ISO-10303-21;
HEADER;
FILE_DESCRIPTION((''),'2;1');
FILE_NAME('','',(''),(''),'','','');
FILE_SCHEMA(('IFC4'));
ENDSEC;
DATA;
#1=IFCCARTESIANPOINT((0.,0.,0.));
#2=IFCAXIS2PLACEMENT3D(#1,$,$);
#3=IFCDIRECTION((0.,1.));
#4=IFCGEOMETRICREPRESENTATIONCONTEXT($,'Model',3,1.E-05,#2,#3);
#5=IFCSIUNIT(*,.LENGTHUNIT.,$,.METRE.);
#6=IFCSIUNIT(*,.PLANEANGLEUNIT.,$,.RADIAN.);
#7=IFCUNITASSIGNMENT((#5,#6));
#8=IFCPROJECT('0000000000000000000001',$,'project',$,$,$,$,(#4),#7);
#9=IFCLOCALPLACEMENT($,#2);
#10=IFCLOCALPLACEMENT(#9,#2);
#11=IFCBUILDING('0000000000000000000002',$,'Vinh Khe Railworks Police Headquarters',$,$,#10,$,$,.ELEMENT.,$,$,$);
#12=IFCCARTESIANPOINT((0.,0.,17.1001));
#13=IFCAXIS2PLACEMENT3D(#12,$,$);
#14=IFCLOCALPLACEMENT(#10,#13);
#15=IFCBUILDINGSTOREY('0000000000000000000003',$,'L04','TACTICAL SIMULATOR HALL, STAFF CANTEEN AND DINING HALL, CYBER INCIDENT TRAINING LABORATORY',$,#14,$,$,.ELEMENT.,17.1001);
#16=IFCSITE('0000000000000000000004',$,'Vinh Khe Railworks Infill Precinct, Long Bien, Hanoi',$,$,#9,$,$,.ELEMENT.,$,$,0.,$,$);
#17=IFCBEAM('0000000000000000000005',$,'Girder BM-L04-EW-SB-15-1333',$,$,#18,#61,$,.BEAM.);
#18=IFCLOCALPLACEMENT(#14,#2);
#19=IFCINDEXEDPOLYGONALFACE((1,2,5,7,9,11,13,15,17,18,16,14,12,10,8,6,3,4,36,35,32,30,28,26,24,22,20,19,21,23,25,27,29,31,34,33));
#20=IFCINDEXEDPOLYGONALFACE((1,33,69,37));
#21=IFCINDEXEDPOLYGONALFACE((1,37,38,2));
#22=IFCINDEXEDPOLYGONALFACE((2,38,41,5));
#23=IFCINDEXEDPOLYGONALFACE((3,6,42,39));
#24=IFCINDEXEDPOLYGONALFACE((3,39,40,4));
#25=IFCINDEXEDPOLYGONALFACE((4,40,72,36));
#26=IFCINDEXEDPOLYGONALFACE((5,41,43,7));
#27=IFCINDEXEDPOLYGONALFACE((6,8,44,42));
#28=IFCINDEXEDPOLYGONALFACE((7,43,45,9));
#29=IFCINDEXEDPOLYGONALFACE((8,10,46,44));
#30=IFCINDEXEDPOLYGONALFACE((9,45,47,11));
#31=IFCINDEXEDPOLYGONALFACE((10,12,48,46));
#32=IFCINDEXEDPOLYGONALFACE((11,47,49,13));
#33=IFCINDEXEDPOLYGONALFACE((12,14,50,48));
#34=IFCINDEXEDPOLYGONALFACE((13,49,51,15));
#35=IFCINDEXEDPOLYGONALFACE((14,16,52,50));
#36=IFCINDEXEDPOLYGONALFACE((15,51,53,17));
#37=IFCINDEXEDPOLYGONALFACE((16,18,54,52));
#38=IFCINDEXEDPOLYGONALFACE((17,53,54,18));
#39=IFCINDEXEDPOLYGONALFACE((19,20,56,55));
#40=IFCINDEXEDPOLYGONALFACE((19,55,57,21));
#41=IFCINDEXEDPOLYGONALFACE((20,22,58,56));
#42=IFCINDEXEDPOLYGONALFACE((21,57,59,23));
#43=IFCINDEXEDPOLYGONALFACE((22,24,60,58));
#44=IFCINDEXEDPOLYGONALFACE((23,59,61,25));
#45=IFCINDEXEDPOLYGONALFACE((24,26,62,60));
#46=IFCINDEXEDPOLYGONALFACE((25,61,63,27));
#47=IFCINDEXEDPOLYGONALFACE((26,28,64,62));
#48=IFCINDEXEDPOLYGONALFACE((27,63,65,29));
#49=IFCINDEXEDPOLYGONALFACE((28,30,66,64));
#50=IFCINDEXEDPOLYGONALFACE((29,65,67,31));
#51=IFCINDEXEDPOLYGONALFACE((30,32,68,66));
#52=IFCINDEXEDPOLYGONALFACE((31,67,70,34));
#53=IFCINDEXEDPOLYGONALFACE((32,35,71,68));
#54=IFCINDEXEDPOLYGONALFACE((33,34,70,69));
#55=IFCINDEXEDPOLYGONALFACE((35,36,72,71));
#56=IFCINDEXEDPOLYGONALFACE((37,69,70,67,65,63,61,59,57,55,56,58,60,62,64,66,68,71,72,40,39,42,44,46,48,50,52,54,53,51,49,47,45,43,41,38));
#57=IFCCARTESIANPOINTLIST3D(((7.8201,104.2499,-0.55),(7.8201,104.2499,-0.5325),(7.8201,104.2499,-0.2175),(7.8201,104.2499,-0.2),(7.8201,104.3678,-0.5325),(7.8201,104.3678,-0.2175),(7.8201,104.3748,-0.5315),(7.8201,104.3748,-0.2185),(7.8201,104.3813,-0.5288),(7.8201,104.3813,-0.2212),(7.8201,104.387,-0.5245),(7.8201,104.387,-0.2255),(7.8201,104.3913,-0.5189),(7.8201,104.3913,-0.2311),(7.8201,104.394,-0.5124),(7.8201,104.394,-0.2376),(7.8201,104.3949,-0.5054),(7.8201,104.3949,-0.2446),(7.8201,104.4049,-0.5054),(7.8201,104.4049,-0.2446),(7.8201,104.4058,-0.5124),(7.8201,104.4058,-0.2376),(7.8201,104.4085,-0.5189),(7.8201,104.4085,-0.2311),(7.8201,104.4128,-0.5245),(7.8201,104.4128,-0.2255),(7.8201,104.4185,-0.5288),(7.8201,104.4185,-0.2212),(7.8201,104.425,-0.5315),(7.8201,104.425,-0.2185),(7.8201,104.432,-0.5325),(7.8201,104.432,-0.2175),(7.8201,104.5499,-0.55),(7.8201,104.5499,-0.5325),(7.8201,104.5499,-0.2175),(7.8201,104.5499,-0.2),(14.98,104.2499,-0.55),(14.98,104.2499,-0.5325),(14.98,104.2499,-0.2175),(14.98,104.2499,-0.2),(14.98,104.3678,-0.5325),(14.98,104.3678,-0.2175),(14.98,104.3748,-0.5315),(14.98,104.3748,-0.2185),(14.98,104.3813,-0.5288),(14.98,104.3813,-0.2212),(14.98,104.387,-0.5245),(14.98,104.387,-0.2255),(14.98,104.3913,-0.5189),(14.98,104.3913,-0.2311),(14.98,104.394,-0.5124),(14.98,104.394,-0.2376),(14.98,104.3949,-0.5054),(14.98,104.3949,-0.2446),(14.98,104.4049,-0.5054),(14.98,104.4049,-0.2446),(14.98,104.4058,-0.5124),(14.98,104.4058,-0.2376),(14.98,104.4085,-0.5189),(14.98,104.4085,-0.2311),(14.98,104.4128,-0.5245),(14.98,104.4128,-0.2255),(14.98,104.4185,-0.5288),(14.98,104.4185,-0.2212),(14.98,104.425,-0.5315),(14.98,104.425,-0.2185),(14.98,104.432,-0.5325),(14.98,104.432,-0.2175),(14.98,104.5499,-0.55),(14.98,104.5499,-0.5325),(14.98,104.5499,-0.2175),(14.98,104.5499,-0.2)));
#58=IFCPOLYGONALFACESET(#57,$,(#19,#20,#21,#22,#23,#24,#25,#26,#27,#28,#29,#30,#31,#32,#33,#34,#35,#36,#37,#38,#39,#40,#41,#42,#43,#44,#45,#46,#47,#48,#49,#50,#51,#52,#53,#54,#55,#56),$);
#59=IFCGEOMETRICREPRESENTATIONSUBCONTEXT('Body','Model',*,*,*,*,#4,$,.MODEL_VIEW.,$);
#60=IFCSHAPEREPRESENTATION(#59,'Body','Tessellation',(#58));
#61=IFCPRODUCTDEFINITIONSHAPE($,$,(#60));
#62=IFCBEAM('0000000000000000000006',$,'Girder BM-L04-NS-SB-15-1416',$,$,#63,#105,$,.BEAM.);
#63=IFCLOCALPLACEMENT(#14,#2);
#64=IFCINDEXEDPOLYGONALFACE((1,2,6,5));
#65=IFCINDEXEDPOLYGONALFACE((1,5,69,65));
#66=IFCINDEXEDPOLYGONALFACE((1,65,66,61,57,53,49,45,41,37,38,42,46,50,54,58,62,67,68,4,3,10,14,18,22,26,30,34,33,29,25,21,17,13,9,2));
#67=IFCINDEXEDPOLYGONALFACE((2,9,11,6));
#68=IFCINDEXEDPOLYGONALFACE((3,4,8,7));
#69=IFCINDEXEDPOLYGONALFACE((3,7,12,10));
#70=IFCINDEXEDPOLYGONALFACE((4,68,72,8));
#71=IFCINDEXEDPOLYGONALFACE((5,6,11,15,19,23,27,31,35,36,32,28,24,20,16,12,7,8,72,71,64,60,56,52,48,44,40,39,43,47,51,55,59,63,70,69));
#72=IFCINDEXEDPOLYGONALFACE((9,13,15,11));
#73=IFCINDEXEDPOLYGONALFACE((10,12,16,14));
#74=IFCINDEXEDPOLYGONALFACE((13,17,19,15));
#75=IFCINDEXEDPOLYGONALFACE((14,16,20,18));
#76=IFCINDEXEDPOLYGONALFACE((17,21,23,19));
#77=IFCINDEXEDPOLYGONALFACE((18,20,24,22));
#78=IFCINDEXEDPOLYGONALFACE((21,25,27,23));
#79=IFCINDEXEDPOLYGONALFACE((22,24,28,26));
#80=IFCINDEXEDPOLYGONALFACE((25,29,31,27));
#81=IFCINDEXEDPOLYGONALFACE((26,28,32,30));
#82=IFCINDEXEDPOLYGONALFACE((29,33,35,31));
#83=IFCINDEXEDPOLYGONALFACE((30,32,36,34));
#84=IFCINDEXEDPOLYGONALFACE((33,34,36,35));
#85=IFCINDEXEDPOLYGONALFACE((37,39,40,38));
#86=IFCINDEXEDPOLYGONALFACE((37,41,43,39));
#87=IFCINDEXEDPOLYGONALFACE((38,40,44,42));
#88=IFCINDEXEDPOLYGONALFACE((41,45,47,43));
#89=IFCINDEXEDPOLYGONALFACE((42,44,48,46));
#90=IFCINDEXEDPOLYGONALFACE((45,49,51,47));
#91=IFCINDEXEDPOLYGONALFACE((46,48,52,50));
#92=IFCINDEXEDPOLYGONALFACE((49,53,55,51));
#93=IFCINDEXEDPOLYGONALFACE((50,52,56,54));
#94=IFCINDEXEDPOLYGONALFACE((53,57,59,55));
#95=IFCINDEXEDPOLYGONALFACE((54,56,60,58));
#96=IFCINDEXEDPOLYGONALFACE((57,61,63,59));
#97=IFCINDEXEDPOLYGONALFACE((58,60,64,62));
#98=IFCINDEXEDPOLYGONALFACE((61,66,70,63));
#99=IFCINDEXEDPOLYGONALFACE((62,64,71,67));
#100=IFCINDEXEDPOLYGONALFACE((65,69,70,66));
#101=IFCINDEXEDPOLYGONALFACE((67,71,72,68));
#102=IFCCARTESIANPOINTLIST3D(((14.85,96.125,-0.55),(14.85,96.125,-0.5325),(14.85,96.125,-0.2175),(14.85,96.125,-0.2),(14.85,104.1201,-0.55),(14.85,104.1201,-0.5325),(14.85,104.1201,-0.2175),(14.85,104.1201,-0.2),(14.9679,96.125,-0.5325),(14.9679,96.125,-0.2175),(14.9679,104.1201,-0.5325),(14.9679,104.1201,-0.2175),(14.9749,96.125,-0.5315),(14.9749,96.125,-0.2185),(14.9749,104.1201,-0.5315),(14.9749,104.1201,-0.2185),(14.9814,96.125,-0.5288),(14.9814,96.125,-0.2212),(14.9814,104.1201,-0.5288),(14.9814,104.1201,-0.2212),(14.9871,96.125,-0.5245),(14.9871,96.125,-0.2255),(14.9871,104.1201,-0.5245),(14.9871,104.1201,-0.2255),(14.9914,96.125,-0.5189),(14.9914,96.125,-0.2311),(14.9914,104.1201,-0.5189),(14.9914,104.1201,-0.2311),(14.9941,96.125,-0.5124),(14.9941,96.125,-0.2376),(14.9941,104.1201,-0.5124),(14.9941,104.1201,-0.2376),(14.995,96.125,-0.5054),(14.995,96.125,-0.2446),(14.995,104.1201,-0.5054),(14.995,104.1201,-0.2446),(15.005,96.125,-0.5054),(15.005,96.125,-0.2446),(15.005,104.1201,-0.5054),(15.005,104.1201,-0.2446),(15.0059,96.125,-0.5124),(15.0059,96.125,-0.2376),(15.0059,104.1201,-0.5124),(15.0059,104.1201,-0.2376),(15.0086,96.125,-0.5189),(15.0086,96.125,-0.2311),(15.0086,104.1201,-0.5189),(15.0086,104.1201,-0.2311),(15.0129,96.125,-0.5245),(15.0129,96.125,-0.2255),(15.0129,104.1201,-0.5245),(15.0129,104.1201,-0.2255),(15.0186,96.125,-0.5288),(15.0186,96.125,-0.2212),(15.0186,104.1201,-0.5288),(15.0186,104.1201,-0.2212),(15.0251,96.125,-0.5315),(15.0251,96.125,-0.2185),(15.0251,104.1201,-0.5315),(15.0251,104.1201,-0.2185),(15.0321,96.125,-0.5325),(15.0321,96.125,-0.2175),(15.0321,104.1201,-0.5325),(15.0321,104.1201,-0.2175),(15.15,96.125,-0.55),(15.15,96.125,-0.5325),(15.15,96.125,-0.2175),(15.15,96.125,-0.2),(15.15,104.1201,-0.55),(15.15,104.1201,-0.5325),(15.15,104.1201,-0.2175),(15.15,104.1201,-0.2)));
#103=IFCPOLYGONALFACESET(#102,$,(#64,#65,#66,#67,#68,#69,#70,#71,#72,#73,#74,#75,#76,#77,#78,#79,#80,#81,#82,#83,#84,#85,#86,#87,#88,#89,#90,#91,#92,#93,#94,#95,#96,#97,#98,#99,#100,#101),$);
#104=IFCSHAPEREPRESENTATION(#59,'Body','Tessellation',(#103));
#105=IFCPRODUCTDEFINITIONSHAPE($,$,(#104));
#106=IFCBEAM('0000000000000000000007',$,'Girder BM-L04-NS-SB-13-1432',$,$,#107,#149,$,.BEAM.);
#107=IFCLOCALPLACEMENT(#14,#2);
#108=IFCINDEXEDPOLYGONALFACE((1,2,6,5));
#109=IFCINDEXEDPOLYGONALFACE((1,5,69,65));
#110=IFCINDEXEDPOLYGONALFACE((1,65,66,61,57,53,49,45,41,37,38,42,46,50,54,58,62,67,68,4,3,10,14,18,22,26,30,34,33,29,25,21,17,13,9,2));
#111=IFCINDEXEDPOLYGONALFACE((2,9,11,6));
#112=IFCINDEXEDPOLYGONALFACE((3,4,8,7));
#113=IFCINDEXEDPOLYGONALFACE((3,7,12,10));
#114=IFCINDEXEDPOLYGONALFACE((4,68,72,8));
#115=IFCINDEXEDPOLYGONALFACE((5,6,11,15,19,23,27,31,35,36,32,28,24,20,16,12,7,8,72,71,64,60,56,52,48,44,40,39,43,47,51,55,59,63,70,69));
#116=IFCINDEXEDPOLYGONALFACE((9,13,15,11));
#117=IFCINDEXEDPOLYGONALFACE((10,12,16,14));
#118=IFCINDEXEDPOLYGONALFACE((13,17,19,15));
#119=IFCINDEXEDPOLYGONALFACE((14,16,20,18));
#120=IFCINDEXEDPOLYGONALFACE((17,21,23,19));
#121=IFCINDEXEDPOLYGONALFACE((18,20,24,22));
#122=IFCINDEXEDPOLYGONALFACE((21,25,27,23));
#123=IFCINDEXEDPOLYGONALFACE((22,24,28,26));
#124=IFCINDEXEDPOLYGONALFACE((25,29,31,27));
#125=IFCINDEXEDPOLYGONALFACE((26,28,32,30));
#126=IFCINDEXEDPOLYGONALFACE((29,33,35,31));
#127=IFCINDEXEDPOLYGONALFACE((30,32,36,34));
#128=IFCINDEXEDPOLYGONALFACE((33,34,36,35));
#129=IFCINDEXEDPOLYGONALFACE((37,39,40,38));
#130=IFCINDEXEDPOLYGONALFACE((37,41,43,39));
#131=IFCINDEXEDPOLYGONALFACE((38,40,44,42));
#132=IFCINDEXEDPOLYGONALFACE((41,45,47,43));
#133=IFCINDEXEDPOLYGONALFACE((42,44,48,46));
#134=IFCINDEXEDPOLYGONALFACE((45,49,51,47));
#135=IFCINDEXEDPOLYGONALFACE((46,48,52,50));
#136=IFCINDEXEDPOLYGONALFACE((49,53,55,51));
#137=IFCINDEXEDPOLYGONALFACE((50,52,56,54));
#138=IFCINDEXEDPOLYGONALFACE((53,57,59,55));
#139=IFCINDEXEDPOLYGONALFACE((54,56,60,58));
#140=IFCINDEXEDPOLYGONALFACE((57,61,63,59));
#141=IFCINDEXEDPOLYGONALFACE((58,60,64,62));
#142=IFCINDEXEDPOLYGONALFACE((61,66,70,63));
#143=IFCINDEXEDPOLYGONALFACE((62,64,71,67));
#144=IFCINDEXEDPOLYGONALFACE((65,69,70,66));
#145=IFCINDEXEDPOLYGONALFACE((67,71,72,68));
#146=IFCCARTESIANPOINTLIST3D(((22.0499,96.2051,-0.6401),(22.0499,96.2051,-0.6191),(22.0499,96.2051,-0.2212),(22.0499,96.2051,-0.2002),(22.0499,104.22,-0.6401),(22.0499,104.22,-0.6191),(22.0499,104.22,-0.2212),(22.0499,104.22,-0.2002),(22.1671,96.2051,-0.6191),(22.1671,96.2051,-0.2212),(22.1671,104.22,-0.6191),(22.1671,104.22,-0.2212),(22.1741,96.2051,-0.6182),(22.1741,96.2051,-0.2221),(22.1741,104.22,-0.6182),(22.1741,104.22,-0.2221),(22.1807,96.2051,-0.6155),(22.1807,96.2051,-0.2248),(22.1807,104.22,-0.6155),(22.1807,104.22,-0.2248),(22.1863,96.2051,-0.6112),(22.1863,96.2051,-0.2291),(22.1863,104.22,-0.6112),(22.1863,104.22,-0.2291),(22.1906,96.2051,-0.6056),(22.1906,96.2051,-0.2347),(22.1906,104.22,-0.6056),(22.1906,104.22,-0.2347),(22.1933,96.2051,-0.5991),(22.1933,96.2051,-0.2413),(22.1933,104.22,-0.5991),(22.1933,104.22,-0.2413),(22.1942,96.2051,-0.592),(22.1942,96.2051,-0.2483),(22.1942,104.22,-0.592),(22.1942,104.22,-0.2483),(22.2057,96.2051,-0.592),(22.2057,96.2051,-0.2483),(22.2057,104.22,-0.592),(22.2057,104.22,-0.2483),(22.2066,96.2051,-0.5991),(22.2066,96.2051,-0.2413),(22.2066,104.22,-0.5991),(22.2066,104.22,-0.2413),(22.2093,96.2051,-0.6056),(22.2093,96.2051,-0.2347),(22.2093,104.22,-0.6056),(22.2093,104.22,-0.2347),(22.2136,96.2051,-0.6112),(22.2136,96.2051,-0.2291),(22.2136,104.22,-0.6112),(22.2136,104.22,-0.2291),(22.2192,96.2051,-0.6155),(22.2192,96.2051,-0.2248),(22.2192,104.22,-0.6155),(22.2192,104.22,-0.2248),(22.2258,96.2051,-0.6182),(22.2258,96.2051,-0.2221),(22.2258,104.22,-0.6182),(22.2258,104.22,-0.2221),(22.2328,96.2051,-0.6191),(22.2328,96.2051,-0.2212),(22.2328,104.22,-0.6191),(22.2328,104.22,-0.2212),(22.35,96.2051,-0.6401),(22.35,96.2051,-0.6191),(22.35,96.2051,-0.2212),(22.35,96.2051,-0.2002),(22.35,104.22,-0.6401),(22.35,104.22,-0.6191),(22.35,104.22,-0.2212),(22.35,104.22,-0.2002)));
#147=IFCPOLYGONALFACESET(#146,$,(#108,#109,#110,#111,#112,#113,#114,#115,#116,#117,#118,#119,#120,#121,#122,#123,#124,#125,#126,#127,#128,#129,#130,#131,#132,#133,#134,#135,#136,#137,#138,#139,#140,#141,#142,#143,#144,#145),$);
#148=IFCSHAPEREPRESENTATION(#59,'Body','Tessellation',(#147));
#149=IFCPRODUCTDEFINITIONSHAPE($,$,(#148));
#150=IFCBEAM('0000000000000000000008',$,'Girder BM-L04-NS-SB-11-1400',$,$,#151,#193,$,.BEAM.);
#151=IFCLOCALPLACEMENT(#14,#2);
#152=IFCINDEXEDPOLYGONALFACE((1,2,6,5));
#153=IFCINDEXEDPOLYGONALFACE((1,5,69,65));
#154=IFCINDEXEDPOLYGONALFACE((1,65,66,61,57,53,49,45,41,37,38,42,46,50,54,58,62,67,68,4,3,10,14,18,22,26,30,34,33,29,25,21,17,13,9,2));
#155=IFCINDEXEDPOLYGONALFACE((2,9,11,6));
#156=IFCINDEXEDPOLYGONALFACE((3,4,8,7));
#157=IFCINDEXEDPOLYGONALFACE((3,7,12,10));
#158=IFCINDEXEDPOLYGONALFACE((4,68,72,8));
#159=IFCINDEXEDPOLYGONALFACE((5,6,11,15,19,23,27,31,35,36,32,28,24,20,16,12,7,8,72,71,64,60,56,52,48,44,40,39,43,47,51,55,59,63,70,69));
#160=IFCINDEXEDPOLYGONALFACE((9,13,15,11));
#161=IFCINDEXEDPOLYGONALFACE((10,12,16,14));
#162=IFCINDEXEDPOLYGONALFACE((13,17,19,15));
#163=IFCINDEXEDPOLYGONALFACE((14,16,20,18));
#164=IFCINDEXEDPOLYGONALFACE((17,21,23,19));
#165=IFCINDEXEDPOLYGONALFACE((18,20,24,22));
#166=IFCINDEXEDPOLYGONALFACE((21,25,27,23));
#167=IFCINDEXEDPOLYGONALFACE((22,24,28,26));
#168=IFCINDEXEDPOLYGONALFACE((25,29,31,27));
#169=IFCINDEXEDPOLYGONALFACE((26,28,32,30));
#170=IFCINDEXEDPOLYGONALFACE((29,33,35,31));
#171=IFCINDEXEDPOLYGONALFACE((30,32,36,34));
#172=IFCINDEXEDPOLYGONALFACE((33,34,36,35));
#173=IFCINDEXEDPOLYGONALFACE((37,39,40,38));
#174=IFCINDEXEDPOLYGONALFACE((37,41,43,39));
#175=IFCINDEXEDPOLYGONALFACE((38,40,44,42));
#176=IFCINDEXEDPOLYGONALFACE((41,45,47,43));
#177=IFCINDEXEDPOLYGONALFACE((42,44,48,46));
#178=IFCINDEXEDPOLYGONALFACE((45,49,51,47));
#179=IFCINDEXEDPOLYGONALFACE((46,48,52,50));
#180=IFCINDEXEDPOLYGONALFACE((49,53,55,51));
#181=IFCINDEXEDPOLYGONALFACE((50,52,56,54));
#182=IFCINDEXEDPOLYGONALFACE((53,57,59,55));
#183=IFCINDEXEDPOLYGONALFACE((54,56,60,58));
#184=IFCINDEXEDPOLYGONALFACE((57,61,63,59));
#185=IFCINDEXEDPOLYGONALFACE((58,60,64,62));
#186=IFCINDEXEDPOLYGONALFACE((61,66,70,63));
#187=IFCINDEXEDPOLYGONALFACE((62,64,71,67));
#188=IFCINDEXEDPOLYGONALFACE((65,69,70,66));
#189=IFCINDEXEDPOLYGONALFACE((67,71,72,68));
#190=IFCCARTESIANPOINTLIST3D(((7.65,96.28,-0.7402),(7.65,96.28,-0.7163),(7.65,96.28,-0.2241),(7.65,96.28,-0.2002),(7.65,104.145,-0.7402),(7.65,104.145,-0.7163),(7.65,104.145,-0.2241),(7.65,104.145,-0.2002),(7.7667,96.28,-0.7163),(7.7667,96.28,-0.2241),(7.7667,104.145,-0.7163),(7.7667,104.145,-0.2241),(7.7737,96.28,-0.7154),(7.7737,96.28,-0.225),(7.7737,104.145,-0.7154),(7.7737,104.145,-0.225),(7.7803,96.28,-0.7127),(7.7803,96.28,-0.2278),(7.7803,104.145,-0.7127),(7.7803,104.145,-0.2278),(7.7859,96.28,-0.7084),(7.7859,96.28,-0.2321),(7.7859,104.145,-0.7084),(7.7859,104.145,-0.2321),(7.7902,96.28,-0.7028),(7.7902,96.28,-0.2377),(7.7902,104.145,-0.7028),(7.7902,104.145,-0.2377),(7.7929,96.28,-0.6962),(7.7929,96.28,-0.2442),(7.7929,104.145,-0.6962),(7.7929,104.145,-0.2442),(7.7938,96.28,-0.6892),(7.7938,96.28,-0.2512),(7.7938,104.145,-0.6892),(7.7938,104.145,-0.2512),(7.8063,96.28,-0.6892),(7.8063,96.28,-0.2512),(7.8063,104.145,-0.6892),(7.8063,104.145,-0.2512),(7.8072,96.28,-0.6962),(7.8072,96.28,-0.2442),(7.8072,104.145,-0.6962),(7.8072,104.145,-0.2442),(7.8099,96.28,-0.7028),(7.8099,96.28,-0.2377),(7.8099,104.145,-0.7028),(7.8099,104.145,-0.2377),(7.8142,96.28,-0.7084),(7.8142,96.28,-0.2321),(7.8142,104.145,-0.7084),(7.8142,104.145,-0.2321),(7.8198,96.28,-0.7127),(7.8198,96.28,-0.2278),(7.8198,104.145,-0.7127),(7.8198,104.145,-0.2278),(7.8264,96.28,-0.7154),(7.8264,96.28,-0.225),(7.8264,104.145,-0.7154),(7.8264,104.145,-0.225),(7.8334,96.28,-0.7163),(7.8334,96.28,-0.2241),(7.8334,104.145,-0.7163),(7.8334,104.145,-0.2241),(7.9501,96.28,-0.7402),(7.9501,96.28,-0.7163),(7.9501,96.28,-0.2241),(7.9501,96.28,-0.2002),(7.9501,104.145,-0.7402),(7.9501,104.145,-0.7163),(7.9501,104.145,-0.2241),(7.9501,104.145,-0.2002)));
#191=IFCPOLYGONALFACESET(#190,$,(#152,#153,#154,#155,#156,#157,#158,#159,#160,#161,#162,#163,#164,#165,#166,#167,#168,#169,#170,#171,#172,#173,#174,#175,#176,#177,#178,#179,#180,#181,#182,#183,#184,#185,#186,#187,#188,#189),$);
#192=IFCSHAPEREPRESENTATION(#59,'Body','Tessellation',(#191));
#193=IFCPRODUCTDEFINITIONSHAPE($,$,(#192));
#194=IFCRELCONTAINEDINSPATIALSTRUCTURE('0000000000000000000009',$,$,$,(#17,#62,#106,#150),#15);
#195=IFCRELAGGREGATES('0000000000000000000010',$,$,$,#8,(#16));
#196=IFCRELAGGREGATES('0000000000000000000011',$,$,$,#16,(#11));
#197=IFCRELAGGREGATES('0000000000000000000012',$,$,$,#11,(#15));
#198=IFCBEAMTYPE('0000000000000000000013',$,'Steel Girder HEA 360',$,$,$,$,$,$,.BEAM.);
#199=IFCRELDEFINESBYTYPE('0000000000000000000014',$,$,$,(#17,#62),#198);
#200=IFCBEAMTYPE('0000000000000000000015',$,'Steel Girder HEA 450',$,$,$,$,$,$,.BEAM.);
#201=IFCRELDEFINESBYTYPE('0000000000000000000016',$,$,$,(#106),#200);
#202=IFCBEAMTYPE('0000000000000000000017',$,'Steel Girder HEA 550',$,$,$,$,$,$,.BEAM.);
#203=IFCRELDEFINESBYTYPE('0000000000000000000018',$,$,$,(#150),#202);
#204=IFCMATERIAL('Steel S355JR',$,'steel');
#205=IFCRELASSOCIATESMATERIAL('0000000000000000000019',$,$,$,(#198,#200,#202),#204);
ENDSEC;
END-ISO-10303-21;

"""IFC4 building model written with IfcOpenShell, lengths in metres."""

from ifc_helpers import new_model, si_unit, direction, frame, origin, origin_2d, place, context, subcontext, project, spatial, i_section, extrude, material, material_profile, profile_set, type_object, element, save


model = new_model("IFC4")

# Units and contexts
model_context = context("Model", 3, precision=1e-05, world=origin(), true_north=direction((0.0, 1.0)))
body_context = subcontext(model_context, "Body", "Model", "MODEL_VIEW")
ifc_project = project(units=[si_unit("LENGTHUNIT", "METRE"), si_unit("PLANEANGLEUNIT", "RADIAN")], contexts=[model_context])

# Site, building, storey
site_placement = place(None, origin())
site = spatial("IfcSite", under=ifc_project, at=site_placement, Name="Vinh Khe Railworks Infill Precinct, Long Bien, Hanoi", CompositionType="ELEMENT", RefElevation=0.0)
building_placement = place(site_placement, origin())
building = spatial("IfcBuilding", under=site, at=building_placement, Name="Vinh Khe Railworks Police Headquarters", CompositionType="ELEMENT")
storey_placement = place(building_placement, frame((0.0, 0.0, 17.1001)))
storey = spatial("IfcBuildingStorey", under=building, at=storey_placement, Name="L04", Description="TACTICAL SIMULATOR HALL, STAFF CANTEEN AND DINING HALL, CYBER INCIDENT TRAINING LABORATORY", CompositionType="ELEMENT", Elevation=17.1001)

# Shared definitions
ifc_material_1 = material(Name="Steel S355JR", Category="steel")

# Beams
ifc_material_profile_1 = material_profile(ifc_material_1, i_section(OverallWidth=0.3, OverallDepth=0.3501, WebThickness=0.01, FlangeThickness=0.0176, FilletRadius=0.0271, at=origin_2d()), Name="HEA 360")
ifc_profile_set_1 = profile_set([ifc_material_profile_1], Name="Steel S355JR")
beam_type_1 = type_object("IfcBeamType", Name="Steel Girder HEA 360", PredefinedType="BEAM", material=ifc_profile_set_1)
beam_1_placement = place(storey_placement, frame((7.8201, 104.3999, -0.375), z_axis=(1.0, 0.0, 0.0), x_axis=(0.0, 1.0, 0.0)))
element("IfcBeam", 1, at=beam_1_placement, inside=storey, type_object=beam_type_1, Name="Girder BM-L04-EW-SB-15-1333", PredefinedType="BEAM", context=body_context, shape_type="SweptSolid", body=[
    extrude(i_section(OverallWidth=0.3, OverallDepth=0.3501, WebThickness=0.01, FlangeThickness=0.0176, FilletRadius=0.0271, at=origin_2d()), origin(), (0.0, 0.0, 1.0), 7.1599),
])
beam_2_placement = place(storey_placement, frame((15.0, 96.125, -0.375), z_axis=(0.0, 1.0, 0.0), x_axis=(-1.0, 0.0, 0.0)))
element("IfcBeam", 2, at=beam_2_placement, inside=storey, type_object=beam_type_1, Name="Girder BM-L04-NS-SB-15-1416", PredefinedType="BEAM", context=body_context, shape_type="SweptSolid", body=[
    extrude(i_section(OverallWidth=0.3, OverallDepth=0.3501, WebThickness=0.01, FlangeThickness=0.0176, FilletRadius=0.0271, at=origin_2d()), origin(), (0.0, 0.0, 1.0), 7.9951),
])
ifc_material_profile_2 = material_profile(ifc_material_1, i_section(OverallWidth=0.3, OverallDepth=0.4399, WebThickness=0.0115, FlangeThickness=0.021, FilletRadius=0.0271, at=origin_2d()), Name="HEA 450")
ifc_profile_set_2 = profile_set([ifc_material_profile_2], Name="Steel S355JR")
beam_type_2 = type_object("IfcBeamType", Name="Steel Girder HEA 450", PredefinedType="BEAM", material=ifc_profile_set_2)
beam_3_placement = place(storey_placement, frame((22.2, 96.2051, -0.4202), z_axis=(0.0, 1.0, 0.0), x_axis=(-1.0, 0.0, 0.0)))
element("IfcBeam", 3, at=beam_3_placement, inside=storey, type_object=beam_type_2, Name="Girder BM-L04-NS-SB-13-1432", PredefinedType="BEAM", context=body_context, shape_type="SweptSolid", body=[
    extrude(i_section(OverallWidth=0.3, OverallDepth=0.4399, WebThickness=0.0115, FlangeThickness=0.021, FilletRadius=0.0271, at=origin_2d()), origin(), (0.0, 0.0, 1.0), 8.0149),
])
ifc_material_profile_3 = material_profile(ifc_material_1, i_section(OverallWidth=0.3, OverallDepth=0.54, WebThickness=0.0125, FlangeThickness=0.0239, FilletRadius=0.0271, at=origin_2d()), Name="HEA 550")
ifc_profile_set_3 = profile_set([ifc_material_profile_3], Name="Steel S355JR")
beam_type_3 = type_object("IfcBeamType", Name="Steel Girder HEA 550", PredefinedType="BEAM", material=ifc_profile_set_3)
beam_4_placement = place(storey_placement, frame((7.8, 96.28, -0.4702), z_axis=(0.0, 1.0, 0.0), x_axis=(-1.0, 0.0, 0.0)))
element("IfcBeam", 4, at=beam_4_placement, inside=storey, type_object=beam_type_3, Name="Girder BM-L04-NS-SB-11-1400", PredefinedType="BEAM", context=body_context, shape_type="SweptSolid", body=[
    extrude(i_section(OverallWidth=0.3, OverallDepth=0.54, WebThickness=0.0125, FlangeThickness=0.0239, FilletRadius=0.0271, at=origin_2d()), origin(), (0.0, 0.0, 1.0), 7.865),
])

save(model, "model.ifc")
